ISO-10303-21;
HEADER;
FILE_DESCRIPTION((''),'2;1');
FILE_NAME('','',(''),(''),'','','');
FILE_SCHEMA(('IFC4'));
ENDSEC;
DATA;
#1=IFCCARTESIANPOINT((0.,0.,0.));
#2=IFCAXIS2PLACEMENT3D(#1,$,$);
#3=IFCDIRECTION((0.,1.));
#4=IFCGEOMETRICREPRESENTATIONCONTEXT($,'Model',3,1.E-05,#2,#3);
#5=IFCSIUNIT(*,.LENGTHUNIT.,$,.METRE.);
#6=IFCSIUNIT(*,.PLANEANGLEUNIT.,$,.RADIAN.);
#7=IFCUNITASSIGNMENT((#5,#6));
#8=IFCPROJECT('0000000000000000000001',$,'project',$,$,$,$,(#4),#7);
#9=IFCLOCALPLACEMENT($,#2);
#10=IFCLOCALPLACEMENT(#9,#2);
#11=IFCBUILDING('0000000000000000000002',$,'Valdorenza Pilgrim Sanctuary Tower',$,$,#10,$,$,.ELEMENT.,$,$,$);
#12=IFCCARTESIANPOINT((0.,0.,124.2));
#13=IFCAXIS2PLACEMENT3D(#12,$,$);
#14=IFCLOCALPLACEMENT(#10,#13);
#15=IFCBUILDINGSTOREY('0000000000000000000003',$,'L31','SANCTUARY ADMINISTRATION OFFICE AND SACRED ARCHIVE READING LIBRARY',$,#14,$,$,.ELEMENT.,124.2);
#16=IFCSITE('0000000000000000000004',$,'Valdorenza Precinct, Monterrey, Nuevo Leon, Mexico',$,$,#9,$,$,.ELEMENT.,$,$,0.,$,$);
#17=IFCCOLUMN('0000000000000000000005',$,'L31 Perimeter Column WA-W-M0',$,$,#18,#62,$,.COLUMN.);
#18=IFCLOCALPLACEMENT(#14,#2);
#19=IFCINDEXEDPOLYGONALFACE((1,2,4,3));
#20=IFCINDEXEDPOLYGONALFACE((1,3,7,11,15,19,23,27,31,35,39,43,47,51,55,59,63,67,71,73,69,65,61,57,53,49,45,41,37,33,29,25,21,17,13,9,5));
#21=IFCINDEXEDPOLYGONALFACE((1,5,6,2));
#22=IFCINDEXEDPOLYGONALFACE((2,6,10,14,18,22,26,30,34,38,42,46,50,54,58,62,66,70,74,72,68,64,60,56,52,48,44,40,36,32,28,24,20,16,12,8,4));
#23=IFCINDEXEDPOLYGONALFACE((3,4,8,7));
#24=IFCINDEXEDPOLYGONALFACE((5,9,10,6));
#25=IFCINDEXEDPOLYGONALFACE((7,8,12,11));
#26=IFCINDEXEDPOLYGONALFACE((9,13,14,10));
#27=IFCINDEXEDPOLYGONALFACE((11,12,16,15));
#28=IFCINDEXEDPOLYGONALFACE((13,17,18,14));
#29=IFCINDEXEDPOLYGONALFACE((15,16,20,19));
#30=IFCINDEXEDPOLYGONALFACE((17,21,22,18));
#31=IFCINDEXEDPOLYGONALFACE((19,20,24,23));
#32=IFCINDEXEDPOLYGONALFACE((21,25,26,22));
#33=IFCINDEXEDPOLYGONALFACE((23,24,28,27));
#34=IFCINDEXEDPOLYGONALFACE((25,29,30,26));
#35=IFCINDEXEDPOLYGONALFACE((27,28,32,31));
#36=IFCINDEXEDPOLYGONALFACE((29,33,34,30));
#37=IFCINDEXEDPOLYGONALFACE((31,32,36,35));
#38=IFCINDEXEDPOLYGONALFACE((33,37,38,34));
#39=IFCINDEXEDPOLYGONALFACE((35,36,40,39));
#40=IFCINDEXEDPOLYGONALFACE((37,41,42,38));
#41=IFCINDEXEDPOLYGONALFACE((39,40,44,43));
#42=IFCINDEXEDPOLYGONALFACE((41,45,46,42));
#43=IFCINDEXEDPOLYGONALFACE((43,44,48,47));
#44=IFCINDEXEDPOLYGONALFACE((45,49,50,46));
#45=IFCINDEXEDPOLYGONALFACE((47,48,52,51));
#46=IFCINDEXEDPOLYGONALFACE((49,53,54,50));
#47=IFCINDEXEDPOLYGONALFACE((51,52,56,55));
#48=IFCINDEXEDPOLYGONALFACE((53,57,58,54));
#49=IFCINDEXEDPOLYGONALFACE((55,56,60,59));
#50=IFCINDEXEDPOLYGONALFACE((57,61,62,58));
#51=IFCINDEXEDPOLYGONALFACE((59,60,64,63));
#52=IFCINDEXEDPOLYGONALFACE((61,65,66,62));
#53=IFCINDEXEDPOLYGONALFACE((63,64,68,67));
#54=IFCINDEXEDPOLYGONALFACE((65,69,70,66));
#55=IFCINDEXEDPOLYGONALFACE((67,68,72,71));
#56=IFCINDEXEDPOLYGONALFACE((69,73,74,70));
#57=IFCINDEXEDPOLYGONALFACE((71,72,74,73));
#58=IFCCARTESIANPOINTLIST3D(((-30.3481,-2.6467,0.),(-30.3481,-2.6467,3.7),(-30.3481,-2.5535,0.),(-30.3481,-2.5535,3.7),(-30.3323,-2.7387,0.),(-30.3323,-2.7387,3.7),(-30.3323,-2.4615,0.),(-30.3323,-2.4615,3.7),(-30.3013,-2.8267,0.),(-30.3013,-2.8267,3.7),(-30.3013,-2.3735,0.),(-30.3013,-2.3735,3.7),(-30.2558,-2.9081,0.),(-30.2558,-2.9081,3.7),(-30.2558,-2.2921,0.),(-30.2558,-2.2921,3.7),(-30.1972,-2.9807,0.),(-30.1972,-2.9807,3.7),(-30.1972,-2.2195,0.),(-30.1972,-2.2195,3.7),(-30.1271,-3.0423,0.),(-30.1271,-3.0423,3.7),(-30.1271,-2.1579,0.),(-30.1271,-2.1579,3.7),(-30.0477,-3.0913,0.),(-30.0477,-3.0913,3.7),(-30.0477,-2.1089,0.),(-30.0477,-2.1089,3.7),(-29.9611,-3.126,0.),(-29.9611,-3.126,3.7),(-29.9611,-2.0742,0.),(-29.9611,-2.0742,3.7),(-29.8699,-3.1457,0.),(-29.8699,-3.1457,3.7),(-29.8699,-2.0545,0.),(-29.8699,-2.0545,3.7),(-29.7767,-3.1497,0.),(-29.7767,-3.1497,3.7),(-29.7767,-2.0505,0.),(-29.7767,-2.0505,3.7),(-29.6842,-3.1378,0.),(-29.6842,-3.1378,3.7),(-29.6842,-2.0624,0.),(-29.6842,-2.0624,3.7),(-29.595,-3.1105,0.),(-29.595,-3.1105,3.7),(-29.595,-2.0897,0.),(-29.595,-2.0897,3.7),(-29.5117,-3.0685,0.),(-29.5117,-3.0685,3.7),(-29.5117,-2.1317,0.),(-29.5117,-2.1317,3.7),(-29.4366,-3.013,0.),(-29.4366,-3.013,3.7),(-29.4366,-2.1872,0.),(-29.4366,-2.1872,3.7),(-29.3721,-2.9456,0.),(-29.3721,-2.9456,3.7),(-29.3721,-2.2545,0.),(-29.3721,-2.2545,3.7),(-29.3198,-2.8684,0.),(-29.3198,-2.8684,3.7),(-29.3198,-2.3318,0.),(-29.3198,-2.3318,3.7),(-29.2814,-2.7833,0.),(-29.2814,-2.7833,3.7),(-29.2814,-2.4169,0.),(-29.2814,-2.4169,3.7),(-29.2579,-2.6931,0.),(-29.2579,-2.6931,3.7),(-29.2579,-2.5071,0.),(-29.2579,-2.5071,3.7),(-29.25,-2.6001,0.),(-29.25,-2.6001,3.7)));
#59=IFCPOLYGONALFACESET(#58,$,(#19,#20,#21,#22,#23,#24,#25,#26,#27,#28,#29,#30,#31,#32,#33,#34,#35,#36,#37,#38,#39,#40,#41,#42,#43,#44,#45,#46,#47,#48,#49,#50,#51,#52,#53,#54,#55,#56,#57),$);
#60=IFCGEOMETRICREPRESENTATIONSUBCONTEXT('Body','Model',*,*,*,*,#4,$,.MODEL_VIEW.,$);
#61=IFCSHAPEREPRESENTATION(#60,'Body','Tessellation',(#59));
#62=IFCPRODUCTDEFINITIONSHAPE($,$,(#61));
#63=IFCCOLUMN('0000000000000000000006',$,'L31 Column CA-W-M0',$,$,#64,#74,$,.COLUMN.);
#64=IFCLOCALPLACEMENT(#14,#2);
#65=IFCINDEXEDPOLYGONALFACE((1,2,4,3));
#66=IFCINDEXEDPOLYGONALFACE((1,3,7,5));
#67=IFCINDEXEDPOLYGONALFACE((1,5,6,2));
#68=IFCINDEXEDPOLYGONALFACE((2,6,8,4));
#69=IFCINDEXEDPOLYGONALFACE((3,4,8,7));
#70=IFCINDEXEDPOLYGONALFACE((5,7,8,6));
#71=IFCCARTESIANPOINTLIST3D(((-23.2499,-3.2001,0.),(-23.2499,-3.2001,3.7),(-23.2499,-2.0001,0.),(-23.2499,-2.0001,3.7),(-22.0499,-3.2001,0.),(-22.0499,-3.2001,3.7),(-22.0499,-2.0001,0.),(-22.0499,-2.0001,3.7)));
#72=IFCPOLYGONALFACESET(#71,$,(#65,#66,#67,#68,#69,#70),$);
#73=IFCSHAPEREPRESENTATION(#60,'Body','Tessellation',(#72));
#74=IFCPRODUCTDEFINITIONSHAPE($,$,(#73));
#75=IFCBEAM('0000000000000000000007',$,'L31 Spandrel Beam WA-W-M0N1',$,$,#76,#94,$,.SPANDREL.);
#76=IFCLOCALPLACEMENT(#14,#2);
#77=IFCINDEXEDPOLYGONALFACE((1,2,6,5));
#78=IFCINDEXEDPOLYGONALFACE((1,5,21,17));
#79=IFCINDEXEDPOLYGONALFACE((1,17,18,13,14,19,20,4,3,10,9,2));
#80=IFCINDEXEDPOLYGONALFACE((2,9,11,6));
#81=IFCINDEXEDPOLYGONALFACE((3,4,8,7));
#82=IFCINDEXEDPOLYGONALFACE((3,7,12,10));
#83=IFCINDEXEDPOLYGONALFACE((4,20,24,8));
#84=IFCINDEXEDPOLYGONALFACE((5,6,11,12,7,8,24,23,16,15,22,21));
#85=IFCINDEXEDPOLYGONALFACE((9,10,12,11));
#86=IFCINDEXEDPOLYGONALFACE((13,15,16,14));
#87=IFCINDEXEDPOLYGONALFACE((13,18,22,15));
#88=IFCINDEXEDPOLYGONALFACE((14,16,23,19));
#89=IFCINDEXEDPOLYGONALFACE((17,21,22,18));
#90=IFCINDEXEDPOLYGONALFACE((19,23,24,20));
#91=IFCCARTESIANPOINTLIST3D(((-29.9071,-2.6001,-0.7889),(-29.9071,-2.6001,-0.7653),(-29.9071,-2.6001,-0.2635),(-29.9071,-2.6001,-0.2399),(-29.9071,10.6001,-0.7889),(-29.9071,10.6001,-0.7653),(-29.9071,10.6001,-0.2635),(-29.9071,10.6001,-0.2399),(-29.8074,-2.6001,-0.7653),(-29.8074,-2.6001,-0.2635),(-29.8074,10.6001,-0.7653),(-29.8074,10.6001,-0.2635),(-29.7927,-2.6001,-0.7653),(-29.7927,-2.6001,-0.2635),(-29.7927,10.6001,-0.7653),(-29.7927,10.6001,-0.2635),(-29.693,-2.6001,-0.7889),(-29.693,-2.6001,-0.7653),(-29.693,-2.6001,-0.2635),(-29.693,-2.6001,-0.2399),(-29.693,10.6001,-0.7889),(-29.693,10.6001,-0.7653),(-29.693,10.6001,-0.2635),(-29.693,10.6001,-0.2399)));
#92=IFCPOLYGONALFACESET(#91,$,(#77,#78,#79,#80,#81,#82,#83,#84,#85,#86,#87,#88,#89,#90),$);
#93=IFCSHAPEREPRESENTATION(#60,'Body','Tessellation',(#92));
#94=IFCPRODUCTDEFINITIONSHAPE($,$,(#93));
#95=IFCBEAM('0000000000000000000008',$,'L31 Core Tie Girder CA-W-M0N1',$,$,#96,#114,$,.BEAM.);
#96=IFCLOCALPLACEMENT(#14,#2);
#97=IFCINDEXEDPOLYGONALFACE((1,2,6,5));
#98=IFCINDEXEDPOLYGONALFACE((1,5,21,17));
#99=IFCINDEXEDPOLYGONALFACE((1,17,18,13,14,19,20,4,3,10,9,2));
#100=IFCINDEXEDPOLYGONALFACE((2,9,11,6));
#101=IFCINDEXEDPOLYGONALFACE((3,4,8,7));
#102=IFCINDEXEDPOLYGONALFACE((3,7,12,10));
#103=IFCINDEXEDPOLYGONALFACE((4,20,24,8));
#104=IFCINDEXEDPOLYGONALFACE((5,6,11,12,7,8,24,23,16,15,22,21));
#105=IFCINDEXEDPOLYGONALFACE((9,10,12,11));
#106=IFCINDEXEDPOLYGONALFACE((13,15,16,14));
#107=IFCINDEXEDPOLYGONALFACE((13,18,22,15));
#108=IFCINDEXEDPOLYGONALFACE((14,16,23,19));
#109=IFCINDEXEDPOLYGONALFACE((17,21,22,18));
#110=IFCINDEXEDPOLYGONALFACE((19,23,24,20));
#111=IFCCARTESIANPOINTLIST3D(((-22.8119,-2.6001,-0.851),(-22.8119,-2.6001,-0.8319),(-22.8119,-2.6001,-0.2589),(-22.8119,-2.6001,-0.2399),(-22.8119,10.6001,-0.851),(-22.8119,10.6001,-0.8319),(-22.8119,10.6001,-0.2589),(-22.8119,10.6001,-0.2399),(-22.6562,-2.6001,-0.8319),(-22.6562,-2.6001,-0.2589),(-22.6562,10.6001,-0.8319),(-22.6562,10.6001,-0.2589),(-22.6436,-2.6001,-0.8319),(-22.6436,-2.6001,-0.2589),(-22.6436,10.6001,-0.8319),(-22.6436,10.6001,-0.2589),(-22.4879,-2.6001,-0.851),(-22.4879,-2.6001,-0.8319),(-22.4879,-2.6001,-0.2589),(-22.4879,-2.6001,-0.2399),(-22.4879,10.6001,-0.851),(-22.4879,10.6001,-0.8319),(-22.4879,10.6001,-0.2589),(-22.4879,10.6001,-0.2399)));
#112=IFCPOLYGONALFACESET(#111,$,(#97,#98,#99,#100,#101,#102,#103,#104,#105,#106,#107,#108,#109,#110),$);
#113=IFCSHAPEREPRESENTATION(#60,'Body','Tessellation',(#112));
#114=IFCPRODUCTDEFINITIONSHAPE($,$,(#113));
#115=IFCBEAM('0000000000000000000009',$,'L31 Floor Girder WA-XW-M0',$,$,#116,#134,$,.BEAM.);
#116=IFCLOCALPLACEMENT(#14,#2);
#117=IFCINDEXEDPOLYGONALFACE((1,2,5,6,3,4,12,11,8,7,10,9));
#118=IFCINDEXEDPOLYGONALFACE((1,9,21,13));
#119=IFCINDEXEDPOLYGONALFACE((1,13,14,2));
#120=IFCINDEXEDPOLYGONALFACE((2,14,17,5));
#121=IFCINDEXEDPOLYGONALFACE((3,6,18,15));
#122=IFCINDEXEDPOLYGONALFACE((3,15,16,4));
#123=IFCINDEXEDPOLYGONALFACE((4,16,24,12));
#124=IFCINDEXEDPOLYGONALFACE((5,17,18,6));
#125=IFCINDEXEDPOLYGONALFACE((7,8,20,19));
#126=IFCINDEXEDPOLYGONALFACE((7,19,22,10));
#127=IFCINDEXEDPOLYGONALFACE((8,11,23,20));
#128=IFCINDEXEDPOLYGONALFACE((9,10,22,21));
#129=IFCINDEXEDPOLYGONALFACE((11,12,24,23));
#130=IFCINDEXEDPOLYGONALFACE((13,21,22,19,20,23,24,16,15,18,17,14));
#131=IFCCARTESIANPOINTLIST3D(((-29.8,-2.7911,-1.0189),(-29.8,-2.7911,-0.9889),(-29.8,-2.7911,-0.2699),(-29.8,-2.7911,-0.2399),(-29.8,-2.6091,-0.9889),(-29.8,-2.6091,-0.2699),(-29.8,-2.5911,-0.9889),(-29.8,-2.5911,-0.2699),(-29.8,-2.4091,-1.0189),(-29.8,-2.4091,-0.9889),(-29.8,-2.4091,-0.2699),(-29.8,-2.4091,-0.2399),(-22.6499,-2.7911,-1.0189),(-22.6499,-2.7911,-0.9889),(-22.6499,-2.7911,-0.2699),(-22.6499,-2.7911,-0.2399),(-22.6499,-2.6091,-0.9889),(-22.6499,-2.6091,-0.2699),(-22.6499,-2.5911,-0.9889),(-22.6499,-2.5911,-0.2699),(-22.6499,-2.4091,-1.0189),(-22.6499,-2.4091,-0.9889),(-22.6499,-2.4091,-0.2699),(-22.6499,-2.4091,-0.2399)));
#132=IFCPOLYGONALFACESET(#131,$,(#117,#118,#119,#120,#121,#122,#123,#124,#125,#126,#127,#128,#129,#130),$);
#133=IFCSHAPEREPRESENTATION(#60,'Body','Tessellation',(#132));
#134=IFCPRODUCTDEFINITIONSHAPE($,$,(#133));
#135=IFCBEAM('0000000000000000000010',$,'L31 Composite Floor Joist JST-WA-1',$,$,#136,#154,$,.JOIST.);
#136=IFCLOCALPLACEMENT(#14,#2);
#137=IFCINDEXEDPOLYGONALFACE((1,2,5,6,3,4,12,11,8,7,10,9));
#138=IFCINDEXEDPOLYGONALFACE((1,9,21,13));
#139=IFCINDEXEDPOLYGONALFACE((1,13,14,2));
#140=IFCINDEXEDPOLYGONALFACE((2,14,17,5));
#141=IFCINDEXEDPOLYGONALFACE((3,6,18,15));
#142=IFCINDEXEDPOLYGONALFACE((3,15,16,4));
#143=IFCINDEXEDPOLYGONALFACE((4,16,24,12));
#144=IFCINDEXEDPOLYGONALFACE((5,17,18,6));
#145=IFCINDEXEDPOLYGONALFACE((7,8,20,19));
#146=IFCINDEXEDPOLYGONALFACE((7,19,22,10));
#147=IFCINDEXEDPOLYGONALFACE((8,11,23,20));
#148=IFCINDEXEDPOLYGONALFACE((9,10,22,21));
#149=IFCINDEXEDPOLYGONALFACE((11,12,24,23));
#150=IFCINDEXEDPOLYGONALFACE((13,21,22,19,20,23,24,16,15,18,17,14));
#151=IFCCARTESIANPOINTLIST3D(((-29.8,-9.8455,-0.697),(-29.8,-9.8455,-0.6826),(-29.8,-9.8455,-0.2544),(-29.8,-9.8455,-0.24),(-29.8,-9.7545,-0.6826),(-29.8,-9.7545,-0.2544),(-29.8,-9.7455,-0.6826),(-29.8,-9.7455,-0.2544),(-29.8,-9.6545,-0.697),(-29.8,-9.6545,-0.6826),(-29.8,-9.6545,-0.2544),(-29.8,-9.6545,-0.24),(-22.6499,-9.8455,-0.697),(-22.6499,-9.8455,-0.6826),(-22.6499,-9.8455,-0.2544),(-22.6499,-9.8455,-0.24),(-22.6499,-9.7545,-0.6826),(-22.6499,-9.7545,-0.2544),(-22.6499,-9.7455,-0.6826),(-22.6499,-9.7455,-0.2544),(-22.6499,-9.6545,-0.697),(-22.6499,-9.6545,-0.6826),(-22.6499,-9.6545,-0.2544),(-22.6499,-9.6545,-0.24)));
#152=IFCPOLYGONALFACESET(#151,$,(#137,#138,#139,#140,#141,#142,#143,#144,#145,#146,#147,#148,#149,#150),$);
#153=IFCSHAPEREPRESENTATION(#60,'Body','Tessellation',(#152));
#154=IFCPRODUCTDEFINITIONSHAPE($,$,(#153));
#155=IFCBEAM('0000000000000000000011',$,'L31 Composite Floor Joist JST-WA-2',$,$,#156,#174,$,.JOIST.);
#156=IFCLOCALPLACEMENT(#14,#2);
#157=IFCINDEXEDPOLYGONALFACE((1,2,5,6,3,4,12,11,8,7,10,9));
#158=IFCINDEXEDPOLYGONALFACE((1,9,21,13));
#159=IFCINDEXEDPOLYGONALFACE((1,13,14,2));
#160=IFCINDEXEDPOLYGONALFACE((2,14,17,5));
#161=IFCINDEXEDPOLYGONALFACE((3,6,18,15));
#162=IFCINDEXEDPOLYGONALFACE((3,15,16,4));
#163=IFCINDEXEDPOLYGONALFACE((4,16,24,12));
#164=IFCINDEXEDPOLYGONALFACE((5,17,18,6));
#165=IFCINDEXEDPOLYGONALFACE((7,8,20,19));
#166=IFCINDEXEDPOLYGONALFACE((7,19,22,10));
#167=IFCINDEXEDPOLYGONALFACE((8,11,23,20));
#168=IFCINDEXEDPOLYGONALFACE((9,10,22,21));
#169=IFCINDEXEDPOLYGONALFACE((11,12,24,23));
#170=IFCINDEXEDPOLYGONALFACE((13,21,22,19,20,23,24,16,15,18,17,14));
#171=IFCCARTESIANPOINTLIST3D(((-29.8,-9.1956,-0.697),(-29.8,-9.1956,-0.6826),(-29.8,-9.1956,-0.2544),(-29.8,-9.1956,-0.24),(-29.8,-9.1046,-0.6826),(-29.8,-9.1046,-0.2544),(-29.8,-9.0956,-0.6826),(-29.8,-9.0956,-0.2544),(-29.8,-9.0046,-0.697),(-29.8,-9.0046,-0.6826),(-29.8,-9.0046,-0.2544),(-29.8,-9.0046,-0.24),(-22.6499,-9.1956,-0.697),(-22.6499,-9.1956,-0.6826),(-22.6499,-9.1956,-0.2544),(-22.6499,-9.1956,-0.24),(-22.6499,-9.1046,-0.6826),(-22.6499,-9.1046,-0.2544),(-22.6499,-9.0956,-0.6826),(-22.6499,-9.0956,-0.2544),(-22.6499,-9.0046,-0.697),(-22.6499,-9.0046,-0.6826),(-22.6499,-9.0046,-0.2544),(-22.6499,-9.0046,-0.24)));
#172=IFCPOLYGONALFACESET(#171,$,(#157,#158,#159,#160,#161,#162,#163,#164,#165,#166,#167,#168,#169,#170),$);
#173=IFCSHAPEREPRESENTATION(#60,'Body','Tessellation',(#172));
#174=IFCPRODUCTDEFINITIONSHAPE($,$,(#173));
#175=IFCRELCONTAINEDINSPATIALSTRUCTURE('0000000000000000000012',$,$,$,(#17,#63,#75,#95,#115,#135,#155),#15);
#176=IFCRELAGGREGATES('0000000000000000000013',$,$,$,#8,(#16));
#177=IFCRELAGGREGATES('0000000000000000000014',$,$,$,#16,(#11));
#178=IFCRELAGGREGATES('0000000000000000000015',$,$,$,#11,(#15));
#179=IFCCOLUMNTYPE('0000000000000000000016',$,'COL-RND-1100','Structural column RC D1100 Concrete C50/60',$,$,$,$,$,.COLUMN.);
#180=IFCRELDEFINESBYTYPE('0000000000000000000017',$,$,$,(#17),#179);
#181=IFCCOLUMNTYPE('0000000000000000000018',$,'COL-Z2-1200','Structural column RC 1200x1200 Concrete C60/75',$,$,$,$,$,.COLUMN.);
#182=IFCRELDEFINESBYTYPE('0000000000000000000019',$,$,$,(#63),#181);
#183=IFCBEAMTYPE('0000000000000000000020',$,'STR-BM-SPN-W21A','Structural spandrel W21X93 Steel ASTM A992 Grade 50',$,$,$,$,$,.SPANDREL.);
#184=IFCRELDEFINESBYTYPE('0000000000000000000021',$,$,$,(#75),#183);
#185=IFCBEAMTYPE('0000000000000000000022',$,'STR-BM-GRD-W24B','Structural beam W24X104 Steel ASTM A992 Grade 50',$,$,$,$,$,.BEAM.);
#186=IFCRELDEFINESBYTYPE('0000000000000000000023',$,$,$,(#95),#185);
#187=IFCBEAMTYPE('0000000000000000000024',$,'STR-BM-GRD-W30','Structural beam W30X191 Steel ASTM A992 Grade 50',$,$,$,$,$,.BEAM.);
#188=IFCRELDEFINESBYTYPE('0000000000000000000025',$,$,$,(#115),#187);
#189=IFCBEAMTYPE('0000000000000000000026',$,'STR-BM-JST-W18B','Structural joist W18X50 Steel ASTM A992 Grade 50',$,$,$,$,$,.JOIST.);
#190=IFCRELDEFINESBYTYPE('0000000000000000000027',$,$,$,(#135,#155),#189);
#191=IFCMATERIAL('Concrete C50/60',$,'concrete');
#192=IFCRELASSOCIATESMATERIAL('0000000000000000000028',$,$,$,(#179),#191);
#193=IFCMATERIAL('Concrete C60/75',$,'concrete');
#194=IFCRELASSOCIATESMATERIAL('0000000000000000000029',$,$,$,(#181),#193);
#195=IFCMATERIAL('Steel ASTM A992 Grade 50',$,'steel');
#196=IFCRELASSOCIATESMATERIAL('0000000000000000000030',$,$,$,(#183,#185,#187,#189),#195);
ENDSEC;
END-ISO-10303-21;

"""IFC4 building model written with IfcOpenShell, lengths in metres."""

from ifc_helpers import new_model, si_unit, direction, frame, origin, origin_2d, place, context, subcontext, project, spatial, rectangle, circle, i_section, extrude, source, transform, mapped, material, material_profile, profile_set, type_object, element, save


model = new_model("IFC4")

# Units and contexts
model_context = context("Model", 3, precision=1e-05, world=origin(), true_north=direction((0.0, 1.0)))
body_context = subcontext(model_context, "Body", "Model", "MODEL_VIEW")
ifc_project = project(units=[si_unit("LENGTHUNIT", "METRE"), si_unit("PLANEANGLEUNIT", "RADIAN")], contexts=[model_context])

# Site, building, storey
site_placement = place(None, origin())
site = spatial("IfcSite", under=ifc_project, at=site_placement, Name="Valdorenza Precinct, Monterrey, Nuevo Leon, Mexico", CompositionType="ELEMENT", RefElevation=0.0)
building_placement = place(site_placement, origin())
building = spatial("IfcBuilding", under=site, at=building_placement, Name="Valdorenza Pilgrim Sanctuary Tower", CompositionType="ELEMENT")
storey_placement = place(building_placement, frame((0.0, 0.0, 124.2)))
storey = spatial("IfcBuildingStorey", under=building, at=storey_placement, Name="L31", Description="SANCTUARY ADMINISTRATION OFFICE AND SACRED ARCHIVE READING LIBRARY", CompositionType="ELEMENT", Elevation=124.2)

# Columns
ifc_material_1 = material(Name="Concrete C50/60", Category="concrete")
ifc_material_profile_1 = material_profile(ifc_material_1, circle(Radius=0.55, at=origin_2d()), Name="RC D1100")
ifc_profile_set_1 = profile_set([ifc_material_profile_1], Name="Concrete C50/60")
column_type_1 = type_object("IfcColumnType", Name="COL-RND-1100", Description="Structural column RC D1100 Concrete C50/60", PredefinedType="COLUMN", material=ifc_profile_set_1)
shared_shape_1 = source(origin(), body_context, "Body", "SweptSolid", [
    extrude(circle(Radius=0.55, at=origin_2d()), origin(), (0.0, 0.0, 1.0), 3.7),
])
column_1_placement = place(storey_placement, frame((-29.8, -2.6001, 0.0), z_axis=(0.0, 0.0, 1.0), x_axis=(1.0, 0.0, 0.0)))
element("IfcColumn", 1, at=column_1_placement, inside=storey, type_object=column_type_1, Name="L31 Perimeter Column WA-W-M0", PredefinedType="COLUMN", context=body_context, shape_type="MappedRepresentation", body=[
    mapped(shared_shape_1, transform((0.0, 0.0, 0.0), x_axis=(1.0, 0.0, 0.0), y_axis=(0.0, 1.0, 0.0), z_axis=(0.0, 0.0, 1.0), scale=1.0)),
])
ifc_material_2 = material(Name="Concrete C60/75", Category="concrete")
ifc_material_profile_2 = material_profile(ifc_material_2, rectangle(XDim=1.2, YDim=1.2, at=origin_2d()), Name="RC 1200x1200")
ifc_profile_set_2 = profile_set([ifc_material_profile_2], Name="Concrete C60/75")
column_type_2 = type_object("IfcColumnType", Name="COL-Z2-1200", Description="Structural column RC 1200x1200 Concrete C60/75", PredefinedType="COLUMN", material=ifc_profile_set_2)
shared_shape_2 = source(origin(), body_context, "Body", "SweptSolid", [
    extrude(rectangle(XDim=1.2, YDim=1.2, at=origin_2d()), origin(), (0.0, 0.0, 1.0), 3.7),
])
column_2_placement = place(storey_placement, frame((-22.6499, -2.6001, 0.0), z_axis=(0.0, 0.0, 1.0), x_axis=(1.0, 0.0, 0.0)))
element("IfcColumn", 2, at=column_2_placement, inside=storey, type_object=column_type_2, Name="L31 Column CA-W-M0", PredefinedType="COLUMN", context=body_context, shape_type="MappedRepresentation", body=[
    mapped(shared_shape_2, transform((0.0, 0.0, 0.0), x_axis=(1.0, 0.0, 0.0), y_axis=(0.0, 1.0, 0.0), z_axis=(0.0, 0.0, 1.0), scale=1.0)),
])

# Beams
ifc_material_3 = material(Name="Steel ASTM A992 Grade 50", Category="steel")
ifc_material_profile_3 = material_profile(ifc_material_3, i_section(OverallWidth=0.2141, OverallDepth=0.5491, WebThickness=0.0146, FlangeThickness=0.0237, at=origin_2d()), Name="W21X93")
ifc_profile_set_3 = profile_set([ifc_material_profile_3], Name="Steel ASTM A992 Grade 50")
beam_type_1 = type_object("IfcBeamType", Name="STR-BM-SPN-W21A", Description="Structural spandrel W21X93 Steel ASTM A992 Grade 50", PredefinedType="SPANDREL", material=ifc_profile_set_3)
shared_shape_3 = source(origin(), body_context, "Body", "SweptSolid", [
    extrude(i_section(OverallWidth=0.2141, OverallDepth=0.5491, WebThickness=0.0146, FlangeThickness=0.0237, at=origin_2d()), origin(), (0.0, 0.0, 1.0), 13.2002),
])
beam_1_placement = place(storey_placement, frame((-29.8, -2.6001, -0.5144), z_axis=(0.0, 1.0, 0.0), x_axis=(-1.0, 0.0, 0.0)))
element("IfcBeam", 3, at=beam_1_placement, inside=storey, type_object=beam_type_1, Name="L31 Spandrel Beam WA-W-M0N1", PredefinedType="SPANDREL", context=body_context, shape_type="MappedRepresentation", body=[
    mapped(shared_shape_3, transform((0.0, 0.0, 0.0), x_axis=(1.0, 0.0, 0.0), y_axis=(0.0, 1.0, 0.0), z_axis=(0.0, 0.0, 1.0), scale=1.0)),
])
ifc_material_profile_4 = material_profile(ifc_material_3, i_section(OverallWidth=0.324, OverallDepth=0.6111, WebThickness=0.0127, FlangeThickness=0.019, at=origin_2d()), Name="W24X104")
ifc_profile_set_4 = profile_set([ifc_material_profile_4], Name="Steel ASTM A992 Grade 50")
beam_type_2 = type_object("IfcBeamType", Name="STR-BM-GRD-W24B", Description="Structural beam W24X104 Steel ASTM A992 Grade 50", PredefinedType="BEAM", material=ifc_profile_set_4)
shared_shape_4 = source(origin(), body_context, "Body", "SweptSolid", [
    extrude(i_section(OverallWidth=0.324, OverallDepth=0.6111, WebThickness=0.0127, FlangeThickness=0.019, at=origin_2d()), origin(), (0.0, 0.0, 1.0), 13.2002),
])
beam_2_placement = place(storey_placement, frame((-22.6499, -2.6001, -0.5454), z_axis=(0.0, 1.0, 0.0), x_axis=(-1.0, 0.0, 0.0)))
element("IfcBeam", 4, at=beam_2_placement, inside=storey, type_object=beam_type_2, Name="L31 Core Tie Girder CA-W-M0N1", PredefinedType="BEAM", context=body_context, shape_type="MappedRepresentation", body=[
    mapped(shared_shape_4, transform((0.0, 0.0, 0.0), x_axis=(1.0, 0.0, 0.0), y_axis=(0.0, 1.0, 0.0), z_axis=(0.0, 0.0, 1.0), scale=1.0)),
])
ifc_material_profile_5 = material_profile(ifc_material_3, i_section(OverallWidth=0.3821, OverallDepth=0.7791, WebThickness=0.0181, FlangeThickness=0.03, at=origin_2d()), Name="W30X191")
ifc_profile_set_5 = profile_set([ifc_material_profile_5], Name="Steel ASTM A992 Grade 50")
beam_type_3 = type_object("IfcBeamType", Name="STR-BM-GRD-W30", Description="Structural beam W30X191 Steel ASTM A992 Grade 50", PredefinedType="BEAM", material=ifc_profile_set_5)
shared_shape_5 = source(origin(), body_context, "Body", "SweptSolid", [
    extrude(i_section(OverallWidth=0.3821, OverallDepth=0.7791, WebThickness=0.0181, FlangeThickness=0.03, at=origin_2d()), origin(), (0.0, 0.0, 1.0), 7.1501),
])
beam_3_placement = place(storey_placement, frame((-29.8, -2.6001, -0.6294), z_axis=(1.0, 0.0, 0.0), x_axis=(0.0, 1.0, 0.0)))
element("IfcBeam", 5, at=beam_3_placement, inside=storey, type_object=beam_type_3, Name="L31 Floor Girder WA-XW-M0", PredefinedType="BEAM", context=body_context, shape_type="MappedRepresentation", body=[
    mapped(shared_shape_5, transform((0.0, 0.0, 0.0), x_axis=(1.0, 0.0, 0.0), y_axis=(0.0, 1.0, 0.0), z_axis=(0.0, 0.0, 1.0), scale=1.0)),
])
ifc_material_profile_6 = material_profile(ifc_material_3, i_section(OverallWidth=0.1909, OverallDepth=0.457, WebThickness=0.009, FlangeThickness=0.0144, at=origin_2d()), Name="W18X50")
ifc_profile_set_6 = profile_set([ifc_material_profile_6], Name="Steel ASTM A992 Grade 50")
beam_type_4 = type_object("IfcBeamType", Name="STR-BM-JST-W18B", Description="Structural joist W18X50 Steel ASTM A992 Grade 50", PredefinedType="JOIST", material=ifc_profile_set_6)
shared_shape_6 = source(origin(), body_context, "Body", "SweptSolid", [
    extrude(i_section(OverallWidth=0.1909, OverallDepth=0.457, WebThickness=0.009, FlangeThickness=0.0144, at=origin_2d()), origin(), (0.0, 0.0, 1.0), 7.1501),
])
for number, where, z_axis, x_axis, name in (
    (6, (-29.8, -9.75, -0.4685), (1.0, 0.0, 0.0), (0.0, 1.0, 0.0), "L31 Composite Floor Joist JST-WA-1"),
    (7, (-29.8, -9.1001, -0.4685), (1.0, 0.0, 0.0), (0.0, 1.0, 0.0), "L31 Composite Floor Joist JST-WA-2"),
):
    element("IfcBeam", number, at=place(storey_placement, frame(where, z_axis=z_axis, x_axis=x_axis)), inside=storey, type_object=beam_type_4, Name=name, PredefinedType="JOIST", context=body_context, shape_type="MappedRepresentation", body=[
        mapped(shared_shape_6, transform((0.0, 0.0, 0.0), x_axis=(1.0, 0.0, 0.0), y_axis=(0.0, 1.0, 0.0), z_axis=(0.0, 0.0, 1.0), scale=1.0)),
    ])

save(model, "model.ifc")
